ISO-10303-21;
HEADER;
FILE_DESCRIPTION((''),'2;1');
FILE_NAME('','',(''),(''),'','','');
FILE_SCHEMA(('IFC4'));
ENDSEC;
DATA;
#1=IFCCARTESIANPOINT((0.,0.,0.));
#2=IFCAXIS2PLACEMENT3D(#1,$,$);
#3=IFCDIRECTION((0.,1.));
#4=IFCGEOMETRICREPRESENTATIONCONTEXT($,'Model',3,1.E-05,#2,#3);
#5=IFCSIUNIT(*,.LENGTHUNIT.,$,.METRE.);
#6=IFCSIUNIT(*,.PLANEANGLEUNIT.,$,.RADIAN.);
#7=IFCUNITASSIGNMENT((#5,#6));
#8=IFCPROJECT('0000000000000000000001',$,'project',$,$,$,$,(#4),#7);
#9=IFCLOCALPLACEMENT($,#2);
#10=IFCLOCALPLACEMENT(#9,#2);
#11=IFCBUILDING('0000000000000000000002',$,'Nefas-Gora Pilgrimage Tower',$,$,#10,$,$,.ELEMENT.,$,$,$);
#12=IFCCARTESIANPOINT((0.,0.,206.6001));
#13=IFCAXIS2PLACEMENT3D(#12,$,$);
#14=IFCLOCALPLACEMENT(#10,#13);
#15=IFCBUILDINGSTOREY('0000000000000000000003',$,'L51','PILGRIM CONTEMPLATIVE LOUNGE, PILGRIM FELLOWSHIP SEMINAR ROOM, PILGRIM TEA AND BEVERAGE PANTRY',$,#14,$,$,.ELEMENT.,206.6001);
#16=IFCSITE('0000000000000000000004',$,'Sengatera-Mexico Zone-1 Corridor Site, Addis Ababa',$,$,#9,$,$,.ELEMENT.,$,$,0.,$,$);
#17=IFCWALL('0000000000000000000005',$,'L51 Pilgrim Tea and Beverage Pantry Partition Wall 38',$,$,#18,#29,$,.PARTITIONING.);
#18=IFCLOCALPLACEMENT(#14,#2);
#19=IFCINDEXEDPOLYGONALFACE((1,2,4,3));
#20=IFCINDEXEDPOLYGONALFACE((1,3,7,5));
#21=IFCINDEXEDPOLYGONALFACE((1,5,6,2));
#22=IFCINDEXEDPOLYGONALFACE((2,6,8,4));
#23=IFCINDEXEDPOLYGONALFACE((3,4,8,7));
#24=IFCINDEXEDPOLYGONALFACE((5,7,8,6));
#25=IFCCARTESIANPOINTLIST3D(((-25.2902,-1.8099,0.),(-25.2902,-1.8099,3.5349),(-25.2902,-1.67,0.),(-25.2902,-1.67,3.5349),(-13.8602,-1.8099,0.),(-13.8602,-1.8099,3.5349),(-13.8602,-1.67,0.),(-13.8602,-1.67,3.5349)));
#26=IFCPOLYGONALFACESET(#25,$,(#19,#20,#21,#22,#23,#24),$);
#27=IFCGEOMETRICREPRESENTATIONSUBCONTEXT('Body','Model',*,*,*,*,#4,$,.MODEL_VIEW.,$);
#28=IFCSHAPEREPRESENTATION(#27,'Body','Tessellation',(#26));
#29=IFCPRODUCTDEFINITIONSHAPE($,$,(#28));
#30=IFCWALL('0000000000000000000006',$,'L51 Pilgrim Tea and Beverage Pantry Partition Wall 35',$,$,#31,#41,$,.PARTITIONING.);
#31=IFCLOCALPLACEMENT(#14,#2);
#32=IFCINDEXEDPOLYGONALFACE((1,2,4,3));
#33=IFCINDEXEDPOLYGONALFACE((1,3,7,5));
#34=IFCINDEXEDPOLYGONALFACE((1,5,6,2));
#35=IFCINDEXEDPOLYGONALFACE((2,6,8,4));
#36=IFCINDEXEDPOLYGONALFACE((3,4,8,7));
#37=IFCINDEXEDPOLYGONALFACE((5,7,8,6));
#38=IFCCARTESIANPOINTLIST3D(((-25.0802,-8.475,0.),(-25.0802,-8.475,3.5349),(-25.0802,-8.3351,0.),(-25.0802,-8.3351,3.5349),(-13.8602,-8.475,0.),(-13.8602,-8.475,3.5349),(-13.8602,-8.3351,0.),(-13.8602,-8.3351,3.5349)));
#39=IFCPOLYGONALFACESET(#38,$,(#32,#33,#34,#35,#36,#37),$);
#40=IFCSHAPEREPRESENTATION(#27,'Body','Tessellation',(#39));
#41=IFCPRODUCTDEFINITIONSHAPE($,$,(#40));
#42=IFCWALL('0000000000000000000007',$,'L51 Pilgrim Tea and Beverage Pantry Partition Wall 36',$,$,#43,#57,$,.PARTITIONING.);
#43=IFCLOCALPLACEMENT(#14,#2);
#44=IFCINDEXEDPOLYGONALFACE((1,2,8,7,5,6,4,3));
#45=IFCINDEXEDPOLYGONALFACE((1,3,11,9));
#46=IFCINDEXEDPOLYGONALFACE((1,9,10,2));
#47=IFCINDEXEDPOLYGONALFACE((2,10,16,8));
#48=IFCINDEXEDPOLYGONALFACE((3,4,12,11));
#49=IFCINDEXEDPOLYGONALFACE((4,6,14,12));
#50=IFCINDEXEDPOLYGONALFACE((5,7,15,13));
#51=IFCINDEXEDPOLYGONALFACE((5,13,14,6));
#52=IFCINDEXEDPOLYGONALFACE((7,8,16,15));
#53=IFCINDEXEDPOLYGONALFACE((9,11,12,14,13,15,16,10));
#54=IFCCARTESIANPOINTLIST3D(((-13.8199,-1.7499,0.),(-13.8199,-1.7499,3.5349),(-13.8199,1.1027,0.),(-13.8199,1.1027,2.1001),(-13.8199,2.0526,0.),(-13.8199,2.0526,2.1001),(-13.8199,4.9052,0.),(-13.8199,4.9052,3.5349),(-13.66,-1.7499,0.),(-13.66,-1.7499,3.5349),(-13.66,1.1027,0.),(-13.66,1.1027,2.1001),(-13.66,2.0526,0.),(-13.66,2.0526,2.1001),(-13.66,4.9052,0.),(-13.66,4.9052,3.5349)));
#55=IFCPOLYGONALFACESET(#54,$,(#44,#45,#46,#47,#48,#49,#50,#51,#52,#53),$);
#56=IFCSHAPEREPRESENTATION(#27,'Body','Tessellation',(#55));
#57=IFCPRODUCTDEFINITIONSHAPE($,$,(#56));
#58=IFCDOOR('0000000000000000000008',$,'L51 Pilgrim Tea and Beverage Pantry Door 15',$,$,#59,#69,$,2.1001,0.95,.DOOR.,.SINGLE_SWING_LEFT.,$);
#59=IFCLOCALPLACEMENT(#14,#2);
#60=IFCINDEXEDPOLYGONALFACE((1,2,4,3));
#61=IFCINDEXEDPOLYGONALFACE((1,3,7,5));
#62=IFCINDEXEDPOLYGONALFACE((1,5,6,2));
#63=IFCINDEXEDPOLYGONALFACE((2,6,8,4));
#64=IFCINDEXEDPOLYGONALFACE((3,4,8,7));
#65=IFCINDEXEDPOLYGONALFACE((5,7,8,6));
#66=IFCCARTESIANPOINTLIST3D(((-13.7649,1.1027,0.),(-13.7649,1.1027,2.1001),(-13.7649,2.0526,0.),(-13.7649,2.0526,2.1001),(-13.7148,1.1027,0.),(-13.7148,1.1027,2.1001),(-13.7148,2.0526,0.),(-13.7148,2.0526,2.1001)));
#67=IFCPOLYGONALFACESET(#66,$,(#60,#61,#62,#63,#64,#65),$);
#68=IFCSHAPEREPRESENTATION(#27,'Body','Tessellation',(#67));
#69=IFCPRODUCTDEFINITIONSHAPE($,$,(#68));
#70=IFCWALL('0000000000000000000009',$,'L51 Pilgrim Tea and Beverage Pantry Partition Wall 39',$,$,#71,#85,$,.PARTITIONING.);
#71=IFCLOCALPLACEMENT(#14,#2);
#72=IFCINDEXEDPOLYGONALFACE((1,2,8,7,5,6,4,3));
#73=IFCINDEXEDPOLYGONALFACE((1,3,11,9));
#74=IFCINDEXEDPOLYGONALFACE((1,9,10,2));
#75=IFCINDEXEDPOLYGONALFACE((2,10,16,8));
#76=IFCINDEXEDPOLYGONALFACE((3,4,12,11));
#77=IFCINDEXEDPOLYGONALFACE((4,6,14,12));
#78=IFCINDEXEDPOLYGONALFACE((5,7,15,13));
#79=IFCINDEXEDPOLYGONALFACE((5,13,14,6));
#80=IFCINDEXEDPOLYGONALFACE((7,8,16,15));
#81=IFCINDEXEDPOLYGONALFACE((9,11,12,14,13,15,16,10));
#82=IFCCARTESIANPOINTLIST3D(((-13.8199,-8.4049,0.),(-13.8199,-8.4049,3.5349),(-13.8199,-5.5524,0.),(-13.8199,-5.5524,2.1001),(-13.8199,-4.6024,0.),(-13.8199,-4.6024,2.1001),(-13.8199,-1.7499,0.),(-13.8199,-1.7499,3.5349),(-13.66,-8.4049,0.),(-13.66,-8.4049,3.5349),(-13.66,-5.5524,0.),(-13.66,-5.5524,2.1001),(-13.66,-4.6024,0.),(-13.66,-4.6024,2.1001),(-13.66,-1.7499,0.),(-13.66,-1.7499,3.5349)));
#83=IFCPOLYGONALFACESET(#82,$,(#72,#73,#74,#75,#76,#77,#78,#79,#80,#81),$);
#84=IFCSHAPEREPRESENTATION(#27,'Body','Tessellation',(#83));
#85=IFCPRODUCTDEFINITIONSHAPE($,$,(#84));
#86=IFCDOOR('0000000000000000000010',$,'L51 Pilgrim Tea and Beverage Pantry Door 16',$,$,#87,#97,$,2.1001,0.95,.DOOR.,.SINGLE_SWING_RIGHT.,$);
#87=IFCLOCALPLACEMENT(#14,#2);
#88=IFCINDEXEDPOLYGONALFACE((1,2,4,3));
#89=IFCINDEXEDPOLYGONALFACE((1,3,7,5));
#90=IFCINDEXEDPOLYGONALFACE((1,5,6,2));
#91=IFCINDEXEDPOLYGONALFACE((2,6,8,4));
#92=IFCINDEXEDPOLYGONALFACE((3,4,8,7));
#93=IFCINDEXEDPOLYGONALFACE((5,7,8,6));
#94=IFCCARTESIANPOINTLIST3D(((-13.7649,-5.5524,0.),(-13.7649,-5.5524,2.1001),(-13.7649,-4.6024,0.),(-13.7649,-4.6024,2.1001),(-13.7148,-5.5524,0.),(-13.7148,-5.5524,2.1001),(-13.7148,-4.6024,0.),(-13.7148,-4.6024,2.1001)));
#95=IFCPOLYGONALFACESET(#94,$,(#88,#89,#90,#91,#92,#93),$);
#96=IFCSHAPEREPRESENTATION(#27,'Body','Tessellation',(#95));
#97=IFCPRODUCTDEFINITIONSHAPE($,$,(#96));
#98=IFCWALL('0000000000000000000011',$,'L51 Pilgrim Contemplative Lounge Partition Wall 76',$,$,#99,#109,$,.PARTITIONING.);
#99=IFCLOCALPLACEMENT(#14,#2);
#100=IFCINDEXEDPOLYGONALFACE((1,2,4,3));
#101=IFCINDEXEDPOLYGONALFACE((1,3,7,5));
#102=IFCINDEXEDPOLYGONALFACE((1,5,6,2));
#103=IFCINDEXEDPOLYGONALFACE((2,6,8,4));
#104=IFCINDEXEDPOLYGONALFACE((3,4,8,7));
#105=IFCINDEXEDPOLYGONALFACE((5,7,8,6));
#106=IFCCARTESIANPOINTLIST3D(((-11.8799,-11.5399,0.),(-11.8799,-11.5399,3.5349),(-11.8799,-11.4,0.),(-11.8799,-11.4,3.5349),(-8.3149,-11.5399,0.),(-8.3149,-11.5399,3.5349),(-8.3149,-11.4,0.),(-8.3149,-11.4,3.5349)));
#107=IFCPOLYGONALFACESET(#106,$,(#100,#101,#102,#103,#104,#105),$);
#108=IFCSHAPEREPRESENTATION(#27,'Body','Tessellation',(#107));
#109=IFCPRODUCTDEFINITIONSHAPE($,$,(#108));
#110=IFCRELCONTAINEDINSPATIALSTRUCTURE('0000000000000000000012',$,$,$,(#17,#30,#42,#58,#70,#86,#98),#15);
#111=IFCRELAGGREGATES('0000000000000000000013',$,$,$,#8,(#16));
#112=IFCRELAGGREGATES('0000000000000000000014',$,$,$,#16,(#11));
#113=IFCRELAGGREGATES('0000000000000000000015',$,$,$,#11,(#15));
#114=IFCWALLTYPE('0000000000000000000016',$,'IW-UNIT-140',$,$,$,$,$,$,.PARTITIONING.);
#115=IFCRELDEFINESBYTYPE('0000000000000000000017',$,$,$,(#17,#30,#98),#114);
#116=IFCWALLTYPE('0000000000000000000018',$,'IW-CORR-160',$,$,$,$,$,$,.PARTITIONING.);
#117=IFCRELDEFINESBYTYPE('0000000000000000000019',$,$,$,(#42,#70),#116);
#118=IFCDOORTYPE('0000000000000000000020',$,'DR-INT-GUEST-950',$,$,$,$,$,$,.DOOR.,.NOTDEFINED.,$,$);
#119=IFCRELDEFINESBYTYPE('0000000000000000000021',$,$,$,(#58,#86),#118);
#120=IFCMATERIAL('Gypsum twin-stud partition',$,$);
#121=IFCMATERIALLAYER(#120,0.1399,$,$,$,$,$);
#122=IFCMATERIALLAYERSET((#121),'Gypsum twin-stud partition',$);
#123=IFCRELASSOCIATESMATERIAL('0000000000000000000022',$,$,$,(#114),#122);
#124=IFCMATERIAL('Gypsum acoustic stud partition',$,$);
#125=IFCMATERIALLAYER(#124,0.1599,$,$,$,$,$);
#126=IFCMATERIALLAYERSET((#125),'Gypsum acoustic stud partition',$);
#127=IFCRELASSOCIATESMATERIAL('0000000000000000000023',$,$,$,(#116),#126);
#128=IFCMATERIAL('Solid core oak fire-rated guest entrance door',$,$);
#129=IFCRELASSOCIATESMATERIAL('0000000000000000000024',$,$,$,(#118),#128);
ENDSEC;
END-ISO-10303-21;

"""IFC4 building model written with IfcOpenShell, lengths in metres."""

from ifc_helpers import new_model, si_unit, direction, frame, frame_2d, origin, place, context, subcontext, project, spatial, rectangle, extrude, source, transform, mapped, material, layer, layer_set, type_object, element, fill, save


model = new_model("IFC4")

# Units and contexts
model_context = context("Model", 3, precision=1e-05, world=origin(), true_north=direction((0.0, 1.0)))
body_context = subcontext(model_context, "Body", "Model", "MODEL_VIEW")
ifc_project = project(units=[si_unit("LENGTHUNIT", "METRE"), si_unit("PLANEANGLEUNIT", "RADIAN")], contexts=[model_context])

# Site, building, storey
site_placement = place(None, origin())
site = spatial("IfcSite", under=ifc_project, at=site_placement, Name="Sengatera-Mexico Zone-1 Corridor Site, Addis Ababa", CompositionType="ELEMENT", RefElevation=0.0)
building_placement = place(site_placement, origin())
building = spatial("IfcBuilding", under=site, at=building_placement, Name="Nefas-Gora Pilgrimage Tower", CompositionType="ELEMENT")
storey_placement = place(building_placement, frame((0.0, 0.0, 206.6001)))
storey = spatial("IfcBuildingStorey", under=building, at=storey_placement, Name="L51", Description="PILGRIM CONTEMPLATIVE LOUNGE, PILGRIM FELLOWSHIP SEMINAR ROOM, PILGRIM TEA AND BEVERAGE PANTRY", CompositionType="ELEMENT", Elevation=206.6001)

# Walls
ifc_material_1 = material(Name="Gypsum twin-stud partition")
ifc_layer_1 = layer(ifc_material_1, 0.1399)
ifc_layer_set_1 = layer_set([ifc_layer_1], Name="Gypsum twin-stud partition")
wall_type_1 = type_object("IfcWallType", Name="IW-UNIT-140", PredefinedType="PARTITIONING", material=ifc_layer_set_1)
shared_shape_1 = source(origin(), body_context, "Body", "SweptSolid", [
    extrude(rectangle(XDim=11.4299, YDim=0.1399, at=frame_2d((5.7148, 0.0))), origin(), (0.0, 0.0, 1.0), 3.5349),
])
wall_1_placement = place(storey_placement, frame((-25.29, -1.74, 0.0), z_axis=(0.0, 0.0, 1.0), x_axis=(1.0, 0.0, 0.0)))
element("IfcWall", 1, at=wall_1_placement, inside=storey, type_object=wall_type_1, Name="L51 Pilgrim Tea and Beverage Pantry Partition Wall 38", PredefinedType="PARTITIONING", context=body_context, shape_type="MappedRepresentation", body=[
    mapped(shared_shape_1, transform((0.0, 0.0, 0.0), x_axis=(1.0, 0.0, 0.0), y_axis=(0.0, 1.0, 0.0), z_axis=(0.0, 0.0, 1.0), scale=1.0)),
])
shared_shape_2 = source(origin(), body_context, "Body", "SweptSolid", [
    extrude(rectangle(XDim=11.22, YDim=0.1399, at=frame_2d((5.6099, 0.0))), origin(), (0.0, 0.0, 1.0), 3.5349),
])
wall_2_placement = place(storey_placement, frame((-25.0801, -8.405, 0.0), z_axis=(0.0, 0.0, 1.0), x_axis=(1.0, 0.0, 0.0)))
element("IfcWall", 2, at=wall_2_placement, inside=storey, type_object=wall_type_1, Name="L51 Pilgrim Tea and Beverage Pantry Partition Wall 35", PredefinedType="PARTITIONING", context=body_context, shape_type="MappedRepresentation", body=[
    mapped(shared_shape_2, transform((0.0, 0.0, 0.0), x_axis=(1.0, 0.0, 0.0), y_axis=(0.0, 1.0, 0.0), z_axis=(0.0, 0.0, 1.0), scale=1.0)),
])

# Walls, openings, doors
ifc_material_2 = material(Name="Gypsum acoustic stud partition")
ifc_layer_2 = layer(ifc_material_2, 0.1599)
ifc_layer_set_2 = layer_set([ifc_layer_2], Name="Gypsum acoustic stud partition")
wall_type_2 = type_object("IfcWallType", Name="IW-CORR-160", PredefinedType="PARTITIONING", material=ifc_layer_set_2)
shared_shape_3 = source(origin(), body_context, "Body", "SweptSolid", [
    extrude(rectangle(XDim=6.655, YDim=0.1599, at=frame_2d((3.3276, 0.0))), origin(), (0.0, 0.0, 1.0), 3.5349),
])
wall_3_placement = place(storey_placement, frame((-13.74, -1.75, 0.0), z_axis=(0.0, 0.0, 1.0), x_axis=(0.0, 1.0, 0.0)))
wall_3 = element("IfcWall", 3, at=wall_3_placement, inside=storey, type_object=wall_type_2, Name="L51 Pilgrim Tea and Beverage Pantry Partition Wall 36", PredefinedType="PARTITIONING", context=body_context, shape_type="MappedRepresentation", body=[
    mapped(shared_shape_3, transform((0.0, 0.0, 0.0), x_axis=(1.0, 0.0, 0.0), y_axis=(0.0, 1.0, 0.0), z_axis=(0.0, 0.0, 1.0), scale=1.0)),
])
opening_1_placement = place(wall_3_placement, frame((2.8525, 0.0, 0.0)))
opening_1 = element("IfcOpeningElement", 4, at=opening_1_placement, cuts=wall_3, PredefinedType="OPENING", context=body_context, shape_type="SweptSolid", body=[
    extrude(rectangle(XDim=0.95, YDim=2.1001, at=frame_2d((0.4751, 1.05))), frame((0.0, 0.0898, 0.0), z_axis=(0.0, -1.0, 0.0), x_axis=(1.0, 0.0, 0.0)), (0.0, 0.0, 1.0), 0.1799),
])
ifc_material_3 = material(Name="Solid core oak fire-rated guest entrance door")
door_type_1 = type_object("IfcDoorType", Name="DR-INT-GUEST-950", OperationType="NOTDEFINED", PredefinedType="DOOR", material=ifc_material_3)
shared_shape_4 = source(origin(), body_context, "Body", "SweptSolid", [
    extrude(rectangle(XDim=0.95, YDim=2.1001, at=frame_2d((0.4751, 1.05))), frame((0.0, 0.0249, 0.0), z_axis=(0.0, -1.0, 0.0), x_axis=(1.0, 0.0, 0.0)), (0.0, 0.0, 1.0), 0.05),
])
door_1_placement = place(opening_1_placement, origin())
door_1 = element("IfcDoor", 5, at=door_1_placement, inside=storey, type_object=door_type_1, Name="L51 Pilgrim Tea and Beverage Pantry Door 15", OperationType="SINGLE_SWING_LEFT", OverallHeight=2.1001, OverallWidth=0.95, PredefinedType="DOOR", context=body_context, shape_type="MappedRepresentation", body=[
    mapped(shared_shape_4, transform((0.0, 0.0, 0.0), x_axis=(1.0, 0.0, 0.0), y_axis=(0.0, 1.0, 0.0), z_axis=(0.0, 0.0, 1.0), scale=1.0)),
])
fill(opening_1, door_1)
wall_4_placement = place(storey_placement, frame((-13.74, -8.405, 0.0), z_axis=(0.0, 0.0, 1.0), x_axis=(0.0, 1.0, 0.0)))
wall_4 = element("IfcWall", 6, at=wall_4_placement, inside=storey, type_object=wall_type_2, Name="L51 Pilgrim Tea and Beverage Pantry Partition Wall 39", PredefinedType="PARTITIONING", context=body_context, shape_type="MappedRepresentation", body=[
    mapped(shared_shape_3, transform((0.0, 0.0, 0.0), x_axis=(1.0, 0.0, 0.0), y_axis=(0.0, 1.0, 0.0), z_axis=(0.0, 0.0, 1.0), scale=1.0)),
])
opening_2_placement = place(wall_4_placement, frame((2.8525, 0.0, 0.0)))
opening_2 = element("IfcOpeningElement", 7, at=opening_2_placement, cuts=wall_4, PredefinedType="OPENING", context=body_context, shape_type="SweptSolid", body=[
    extrude(rectangle(XDim=0.95, YDim=2.1001, at=frame_2d((0.4751, 1.05))), frame((0.0, 0.0898, 0.0), z_axis=(0.0, -1.0, 0.0), x_axis=(1.0, 0.0, 0.0)), (0.0, 0.0, 1.0), 0.1799),
])
door_2_placement = place(opening_2_placement, origin())
door_2 = element("IfcDoor", 8, at=door_2_placement, inside=storey, type_object=door_type_1, Name="L51 Pilgrim Tea and Beverage Pantry Door 16", OperationType="SINGLE_SWING_RIGHT", OverallHeight=2.1001, OverallWidth=0.95, PredefinedType="DOOR", context=body_context, shape_type="MappedRepresentation", body=[
    mapped(shared_shape_4, transform((0.0, 0.0, 0.0), x_axis=(1.0, 0.0, 0.0), y_axis=(0.0, 1.0, 0.0), z_axis=(0.0, 0.0, 1.0), scale=1.0)),
])
fill(opening_2, door_2)

# Wall
shared_shape_5 = source(origin(), body_context, "Body", "SweptSolid", [
    extrude(rectangle(XDim=3.5649, YDim=0.1399, at=frame_2d((1.7825, 0.0))), origin(), (0.0, 0.0, 1.0), 3.5349),
])
wall_5_placement = place(storey_placement, frame((-11.8799, -11.47, 0.0), z_axis=(0.0, 0.0, 1.0), x_axis=(1.0, 0.0, 0.0)))
element("IfcWall", 9, at=wall_5_placement, inside=storey, type_object=wall_type_1, Name="L51 Pilgrim Contemplative Lounge Partition Wall 76", PredefinedType="PARTITIONING", context=body_context, shape_type="MappedRepresentation", body=[
    mapped(shared_shape_5, transform((0.0, 0.0, 0.0), x_axis=(1.0, 0.0, 0.0), y_axis=(0.0, 1.0, 0.0), z_axis=(0.0, 0.0, 1.0), scale=1.0)),
])

save(model, "model.ifc")
